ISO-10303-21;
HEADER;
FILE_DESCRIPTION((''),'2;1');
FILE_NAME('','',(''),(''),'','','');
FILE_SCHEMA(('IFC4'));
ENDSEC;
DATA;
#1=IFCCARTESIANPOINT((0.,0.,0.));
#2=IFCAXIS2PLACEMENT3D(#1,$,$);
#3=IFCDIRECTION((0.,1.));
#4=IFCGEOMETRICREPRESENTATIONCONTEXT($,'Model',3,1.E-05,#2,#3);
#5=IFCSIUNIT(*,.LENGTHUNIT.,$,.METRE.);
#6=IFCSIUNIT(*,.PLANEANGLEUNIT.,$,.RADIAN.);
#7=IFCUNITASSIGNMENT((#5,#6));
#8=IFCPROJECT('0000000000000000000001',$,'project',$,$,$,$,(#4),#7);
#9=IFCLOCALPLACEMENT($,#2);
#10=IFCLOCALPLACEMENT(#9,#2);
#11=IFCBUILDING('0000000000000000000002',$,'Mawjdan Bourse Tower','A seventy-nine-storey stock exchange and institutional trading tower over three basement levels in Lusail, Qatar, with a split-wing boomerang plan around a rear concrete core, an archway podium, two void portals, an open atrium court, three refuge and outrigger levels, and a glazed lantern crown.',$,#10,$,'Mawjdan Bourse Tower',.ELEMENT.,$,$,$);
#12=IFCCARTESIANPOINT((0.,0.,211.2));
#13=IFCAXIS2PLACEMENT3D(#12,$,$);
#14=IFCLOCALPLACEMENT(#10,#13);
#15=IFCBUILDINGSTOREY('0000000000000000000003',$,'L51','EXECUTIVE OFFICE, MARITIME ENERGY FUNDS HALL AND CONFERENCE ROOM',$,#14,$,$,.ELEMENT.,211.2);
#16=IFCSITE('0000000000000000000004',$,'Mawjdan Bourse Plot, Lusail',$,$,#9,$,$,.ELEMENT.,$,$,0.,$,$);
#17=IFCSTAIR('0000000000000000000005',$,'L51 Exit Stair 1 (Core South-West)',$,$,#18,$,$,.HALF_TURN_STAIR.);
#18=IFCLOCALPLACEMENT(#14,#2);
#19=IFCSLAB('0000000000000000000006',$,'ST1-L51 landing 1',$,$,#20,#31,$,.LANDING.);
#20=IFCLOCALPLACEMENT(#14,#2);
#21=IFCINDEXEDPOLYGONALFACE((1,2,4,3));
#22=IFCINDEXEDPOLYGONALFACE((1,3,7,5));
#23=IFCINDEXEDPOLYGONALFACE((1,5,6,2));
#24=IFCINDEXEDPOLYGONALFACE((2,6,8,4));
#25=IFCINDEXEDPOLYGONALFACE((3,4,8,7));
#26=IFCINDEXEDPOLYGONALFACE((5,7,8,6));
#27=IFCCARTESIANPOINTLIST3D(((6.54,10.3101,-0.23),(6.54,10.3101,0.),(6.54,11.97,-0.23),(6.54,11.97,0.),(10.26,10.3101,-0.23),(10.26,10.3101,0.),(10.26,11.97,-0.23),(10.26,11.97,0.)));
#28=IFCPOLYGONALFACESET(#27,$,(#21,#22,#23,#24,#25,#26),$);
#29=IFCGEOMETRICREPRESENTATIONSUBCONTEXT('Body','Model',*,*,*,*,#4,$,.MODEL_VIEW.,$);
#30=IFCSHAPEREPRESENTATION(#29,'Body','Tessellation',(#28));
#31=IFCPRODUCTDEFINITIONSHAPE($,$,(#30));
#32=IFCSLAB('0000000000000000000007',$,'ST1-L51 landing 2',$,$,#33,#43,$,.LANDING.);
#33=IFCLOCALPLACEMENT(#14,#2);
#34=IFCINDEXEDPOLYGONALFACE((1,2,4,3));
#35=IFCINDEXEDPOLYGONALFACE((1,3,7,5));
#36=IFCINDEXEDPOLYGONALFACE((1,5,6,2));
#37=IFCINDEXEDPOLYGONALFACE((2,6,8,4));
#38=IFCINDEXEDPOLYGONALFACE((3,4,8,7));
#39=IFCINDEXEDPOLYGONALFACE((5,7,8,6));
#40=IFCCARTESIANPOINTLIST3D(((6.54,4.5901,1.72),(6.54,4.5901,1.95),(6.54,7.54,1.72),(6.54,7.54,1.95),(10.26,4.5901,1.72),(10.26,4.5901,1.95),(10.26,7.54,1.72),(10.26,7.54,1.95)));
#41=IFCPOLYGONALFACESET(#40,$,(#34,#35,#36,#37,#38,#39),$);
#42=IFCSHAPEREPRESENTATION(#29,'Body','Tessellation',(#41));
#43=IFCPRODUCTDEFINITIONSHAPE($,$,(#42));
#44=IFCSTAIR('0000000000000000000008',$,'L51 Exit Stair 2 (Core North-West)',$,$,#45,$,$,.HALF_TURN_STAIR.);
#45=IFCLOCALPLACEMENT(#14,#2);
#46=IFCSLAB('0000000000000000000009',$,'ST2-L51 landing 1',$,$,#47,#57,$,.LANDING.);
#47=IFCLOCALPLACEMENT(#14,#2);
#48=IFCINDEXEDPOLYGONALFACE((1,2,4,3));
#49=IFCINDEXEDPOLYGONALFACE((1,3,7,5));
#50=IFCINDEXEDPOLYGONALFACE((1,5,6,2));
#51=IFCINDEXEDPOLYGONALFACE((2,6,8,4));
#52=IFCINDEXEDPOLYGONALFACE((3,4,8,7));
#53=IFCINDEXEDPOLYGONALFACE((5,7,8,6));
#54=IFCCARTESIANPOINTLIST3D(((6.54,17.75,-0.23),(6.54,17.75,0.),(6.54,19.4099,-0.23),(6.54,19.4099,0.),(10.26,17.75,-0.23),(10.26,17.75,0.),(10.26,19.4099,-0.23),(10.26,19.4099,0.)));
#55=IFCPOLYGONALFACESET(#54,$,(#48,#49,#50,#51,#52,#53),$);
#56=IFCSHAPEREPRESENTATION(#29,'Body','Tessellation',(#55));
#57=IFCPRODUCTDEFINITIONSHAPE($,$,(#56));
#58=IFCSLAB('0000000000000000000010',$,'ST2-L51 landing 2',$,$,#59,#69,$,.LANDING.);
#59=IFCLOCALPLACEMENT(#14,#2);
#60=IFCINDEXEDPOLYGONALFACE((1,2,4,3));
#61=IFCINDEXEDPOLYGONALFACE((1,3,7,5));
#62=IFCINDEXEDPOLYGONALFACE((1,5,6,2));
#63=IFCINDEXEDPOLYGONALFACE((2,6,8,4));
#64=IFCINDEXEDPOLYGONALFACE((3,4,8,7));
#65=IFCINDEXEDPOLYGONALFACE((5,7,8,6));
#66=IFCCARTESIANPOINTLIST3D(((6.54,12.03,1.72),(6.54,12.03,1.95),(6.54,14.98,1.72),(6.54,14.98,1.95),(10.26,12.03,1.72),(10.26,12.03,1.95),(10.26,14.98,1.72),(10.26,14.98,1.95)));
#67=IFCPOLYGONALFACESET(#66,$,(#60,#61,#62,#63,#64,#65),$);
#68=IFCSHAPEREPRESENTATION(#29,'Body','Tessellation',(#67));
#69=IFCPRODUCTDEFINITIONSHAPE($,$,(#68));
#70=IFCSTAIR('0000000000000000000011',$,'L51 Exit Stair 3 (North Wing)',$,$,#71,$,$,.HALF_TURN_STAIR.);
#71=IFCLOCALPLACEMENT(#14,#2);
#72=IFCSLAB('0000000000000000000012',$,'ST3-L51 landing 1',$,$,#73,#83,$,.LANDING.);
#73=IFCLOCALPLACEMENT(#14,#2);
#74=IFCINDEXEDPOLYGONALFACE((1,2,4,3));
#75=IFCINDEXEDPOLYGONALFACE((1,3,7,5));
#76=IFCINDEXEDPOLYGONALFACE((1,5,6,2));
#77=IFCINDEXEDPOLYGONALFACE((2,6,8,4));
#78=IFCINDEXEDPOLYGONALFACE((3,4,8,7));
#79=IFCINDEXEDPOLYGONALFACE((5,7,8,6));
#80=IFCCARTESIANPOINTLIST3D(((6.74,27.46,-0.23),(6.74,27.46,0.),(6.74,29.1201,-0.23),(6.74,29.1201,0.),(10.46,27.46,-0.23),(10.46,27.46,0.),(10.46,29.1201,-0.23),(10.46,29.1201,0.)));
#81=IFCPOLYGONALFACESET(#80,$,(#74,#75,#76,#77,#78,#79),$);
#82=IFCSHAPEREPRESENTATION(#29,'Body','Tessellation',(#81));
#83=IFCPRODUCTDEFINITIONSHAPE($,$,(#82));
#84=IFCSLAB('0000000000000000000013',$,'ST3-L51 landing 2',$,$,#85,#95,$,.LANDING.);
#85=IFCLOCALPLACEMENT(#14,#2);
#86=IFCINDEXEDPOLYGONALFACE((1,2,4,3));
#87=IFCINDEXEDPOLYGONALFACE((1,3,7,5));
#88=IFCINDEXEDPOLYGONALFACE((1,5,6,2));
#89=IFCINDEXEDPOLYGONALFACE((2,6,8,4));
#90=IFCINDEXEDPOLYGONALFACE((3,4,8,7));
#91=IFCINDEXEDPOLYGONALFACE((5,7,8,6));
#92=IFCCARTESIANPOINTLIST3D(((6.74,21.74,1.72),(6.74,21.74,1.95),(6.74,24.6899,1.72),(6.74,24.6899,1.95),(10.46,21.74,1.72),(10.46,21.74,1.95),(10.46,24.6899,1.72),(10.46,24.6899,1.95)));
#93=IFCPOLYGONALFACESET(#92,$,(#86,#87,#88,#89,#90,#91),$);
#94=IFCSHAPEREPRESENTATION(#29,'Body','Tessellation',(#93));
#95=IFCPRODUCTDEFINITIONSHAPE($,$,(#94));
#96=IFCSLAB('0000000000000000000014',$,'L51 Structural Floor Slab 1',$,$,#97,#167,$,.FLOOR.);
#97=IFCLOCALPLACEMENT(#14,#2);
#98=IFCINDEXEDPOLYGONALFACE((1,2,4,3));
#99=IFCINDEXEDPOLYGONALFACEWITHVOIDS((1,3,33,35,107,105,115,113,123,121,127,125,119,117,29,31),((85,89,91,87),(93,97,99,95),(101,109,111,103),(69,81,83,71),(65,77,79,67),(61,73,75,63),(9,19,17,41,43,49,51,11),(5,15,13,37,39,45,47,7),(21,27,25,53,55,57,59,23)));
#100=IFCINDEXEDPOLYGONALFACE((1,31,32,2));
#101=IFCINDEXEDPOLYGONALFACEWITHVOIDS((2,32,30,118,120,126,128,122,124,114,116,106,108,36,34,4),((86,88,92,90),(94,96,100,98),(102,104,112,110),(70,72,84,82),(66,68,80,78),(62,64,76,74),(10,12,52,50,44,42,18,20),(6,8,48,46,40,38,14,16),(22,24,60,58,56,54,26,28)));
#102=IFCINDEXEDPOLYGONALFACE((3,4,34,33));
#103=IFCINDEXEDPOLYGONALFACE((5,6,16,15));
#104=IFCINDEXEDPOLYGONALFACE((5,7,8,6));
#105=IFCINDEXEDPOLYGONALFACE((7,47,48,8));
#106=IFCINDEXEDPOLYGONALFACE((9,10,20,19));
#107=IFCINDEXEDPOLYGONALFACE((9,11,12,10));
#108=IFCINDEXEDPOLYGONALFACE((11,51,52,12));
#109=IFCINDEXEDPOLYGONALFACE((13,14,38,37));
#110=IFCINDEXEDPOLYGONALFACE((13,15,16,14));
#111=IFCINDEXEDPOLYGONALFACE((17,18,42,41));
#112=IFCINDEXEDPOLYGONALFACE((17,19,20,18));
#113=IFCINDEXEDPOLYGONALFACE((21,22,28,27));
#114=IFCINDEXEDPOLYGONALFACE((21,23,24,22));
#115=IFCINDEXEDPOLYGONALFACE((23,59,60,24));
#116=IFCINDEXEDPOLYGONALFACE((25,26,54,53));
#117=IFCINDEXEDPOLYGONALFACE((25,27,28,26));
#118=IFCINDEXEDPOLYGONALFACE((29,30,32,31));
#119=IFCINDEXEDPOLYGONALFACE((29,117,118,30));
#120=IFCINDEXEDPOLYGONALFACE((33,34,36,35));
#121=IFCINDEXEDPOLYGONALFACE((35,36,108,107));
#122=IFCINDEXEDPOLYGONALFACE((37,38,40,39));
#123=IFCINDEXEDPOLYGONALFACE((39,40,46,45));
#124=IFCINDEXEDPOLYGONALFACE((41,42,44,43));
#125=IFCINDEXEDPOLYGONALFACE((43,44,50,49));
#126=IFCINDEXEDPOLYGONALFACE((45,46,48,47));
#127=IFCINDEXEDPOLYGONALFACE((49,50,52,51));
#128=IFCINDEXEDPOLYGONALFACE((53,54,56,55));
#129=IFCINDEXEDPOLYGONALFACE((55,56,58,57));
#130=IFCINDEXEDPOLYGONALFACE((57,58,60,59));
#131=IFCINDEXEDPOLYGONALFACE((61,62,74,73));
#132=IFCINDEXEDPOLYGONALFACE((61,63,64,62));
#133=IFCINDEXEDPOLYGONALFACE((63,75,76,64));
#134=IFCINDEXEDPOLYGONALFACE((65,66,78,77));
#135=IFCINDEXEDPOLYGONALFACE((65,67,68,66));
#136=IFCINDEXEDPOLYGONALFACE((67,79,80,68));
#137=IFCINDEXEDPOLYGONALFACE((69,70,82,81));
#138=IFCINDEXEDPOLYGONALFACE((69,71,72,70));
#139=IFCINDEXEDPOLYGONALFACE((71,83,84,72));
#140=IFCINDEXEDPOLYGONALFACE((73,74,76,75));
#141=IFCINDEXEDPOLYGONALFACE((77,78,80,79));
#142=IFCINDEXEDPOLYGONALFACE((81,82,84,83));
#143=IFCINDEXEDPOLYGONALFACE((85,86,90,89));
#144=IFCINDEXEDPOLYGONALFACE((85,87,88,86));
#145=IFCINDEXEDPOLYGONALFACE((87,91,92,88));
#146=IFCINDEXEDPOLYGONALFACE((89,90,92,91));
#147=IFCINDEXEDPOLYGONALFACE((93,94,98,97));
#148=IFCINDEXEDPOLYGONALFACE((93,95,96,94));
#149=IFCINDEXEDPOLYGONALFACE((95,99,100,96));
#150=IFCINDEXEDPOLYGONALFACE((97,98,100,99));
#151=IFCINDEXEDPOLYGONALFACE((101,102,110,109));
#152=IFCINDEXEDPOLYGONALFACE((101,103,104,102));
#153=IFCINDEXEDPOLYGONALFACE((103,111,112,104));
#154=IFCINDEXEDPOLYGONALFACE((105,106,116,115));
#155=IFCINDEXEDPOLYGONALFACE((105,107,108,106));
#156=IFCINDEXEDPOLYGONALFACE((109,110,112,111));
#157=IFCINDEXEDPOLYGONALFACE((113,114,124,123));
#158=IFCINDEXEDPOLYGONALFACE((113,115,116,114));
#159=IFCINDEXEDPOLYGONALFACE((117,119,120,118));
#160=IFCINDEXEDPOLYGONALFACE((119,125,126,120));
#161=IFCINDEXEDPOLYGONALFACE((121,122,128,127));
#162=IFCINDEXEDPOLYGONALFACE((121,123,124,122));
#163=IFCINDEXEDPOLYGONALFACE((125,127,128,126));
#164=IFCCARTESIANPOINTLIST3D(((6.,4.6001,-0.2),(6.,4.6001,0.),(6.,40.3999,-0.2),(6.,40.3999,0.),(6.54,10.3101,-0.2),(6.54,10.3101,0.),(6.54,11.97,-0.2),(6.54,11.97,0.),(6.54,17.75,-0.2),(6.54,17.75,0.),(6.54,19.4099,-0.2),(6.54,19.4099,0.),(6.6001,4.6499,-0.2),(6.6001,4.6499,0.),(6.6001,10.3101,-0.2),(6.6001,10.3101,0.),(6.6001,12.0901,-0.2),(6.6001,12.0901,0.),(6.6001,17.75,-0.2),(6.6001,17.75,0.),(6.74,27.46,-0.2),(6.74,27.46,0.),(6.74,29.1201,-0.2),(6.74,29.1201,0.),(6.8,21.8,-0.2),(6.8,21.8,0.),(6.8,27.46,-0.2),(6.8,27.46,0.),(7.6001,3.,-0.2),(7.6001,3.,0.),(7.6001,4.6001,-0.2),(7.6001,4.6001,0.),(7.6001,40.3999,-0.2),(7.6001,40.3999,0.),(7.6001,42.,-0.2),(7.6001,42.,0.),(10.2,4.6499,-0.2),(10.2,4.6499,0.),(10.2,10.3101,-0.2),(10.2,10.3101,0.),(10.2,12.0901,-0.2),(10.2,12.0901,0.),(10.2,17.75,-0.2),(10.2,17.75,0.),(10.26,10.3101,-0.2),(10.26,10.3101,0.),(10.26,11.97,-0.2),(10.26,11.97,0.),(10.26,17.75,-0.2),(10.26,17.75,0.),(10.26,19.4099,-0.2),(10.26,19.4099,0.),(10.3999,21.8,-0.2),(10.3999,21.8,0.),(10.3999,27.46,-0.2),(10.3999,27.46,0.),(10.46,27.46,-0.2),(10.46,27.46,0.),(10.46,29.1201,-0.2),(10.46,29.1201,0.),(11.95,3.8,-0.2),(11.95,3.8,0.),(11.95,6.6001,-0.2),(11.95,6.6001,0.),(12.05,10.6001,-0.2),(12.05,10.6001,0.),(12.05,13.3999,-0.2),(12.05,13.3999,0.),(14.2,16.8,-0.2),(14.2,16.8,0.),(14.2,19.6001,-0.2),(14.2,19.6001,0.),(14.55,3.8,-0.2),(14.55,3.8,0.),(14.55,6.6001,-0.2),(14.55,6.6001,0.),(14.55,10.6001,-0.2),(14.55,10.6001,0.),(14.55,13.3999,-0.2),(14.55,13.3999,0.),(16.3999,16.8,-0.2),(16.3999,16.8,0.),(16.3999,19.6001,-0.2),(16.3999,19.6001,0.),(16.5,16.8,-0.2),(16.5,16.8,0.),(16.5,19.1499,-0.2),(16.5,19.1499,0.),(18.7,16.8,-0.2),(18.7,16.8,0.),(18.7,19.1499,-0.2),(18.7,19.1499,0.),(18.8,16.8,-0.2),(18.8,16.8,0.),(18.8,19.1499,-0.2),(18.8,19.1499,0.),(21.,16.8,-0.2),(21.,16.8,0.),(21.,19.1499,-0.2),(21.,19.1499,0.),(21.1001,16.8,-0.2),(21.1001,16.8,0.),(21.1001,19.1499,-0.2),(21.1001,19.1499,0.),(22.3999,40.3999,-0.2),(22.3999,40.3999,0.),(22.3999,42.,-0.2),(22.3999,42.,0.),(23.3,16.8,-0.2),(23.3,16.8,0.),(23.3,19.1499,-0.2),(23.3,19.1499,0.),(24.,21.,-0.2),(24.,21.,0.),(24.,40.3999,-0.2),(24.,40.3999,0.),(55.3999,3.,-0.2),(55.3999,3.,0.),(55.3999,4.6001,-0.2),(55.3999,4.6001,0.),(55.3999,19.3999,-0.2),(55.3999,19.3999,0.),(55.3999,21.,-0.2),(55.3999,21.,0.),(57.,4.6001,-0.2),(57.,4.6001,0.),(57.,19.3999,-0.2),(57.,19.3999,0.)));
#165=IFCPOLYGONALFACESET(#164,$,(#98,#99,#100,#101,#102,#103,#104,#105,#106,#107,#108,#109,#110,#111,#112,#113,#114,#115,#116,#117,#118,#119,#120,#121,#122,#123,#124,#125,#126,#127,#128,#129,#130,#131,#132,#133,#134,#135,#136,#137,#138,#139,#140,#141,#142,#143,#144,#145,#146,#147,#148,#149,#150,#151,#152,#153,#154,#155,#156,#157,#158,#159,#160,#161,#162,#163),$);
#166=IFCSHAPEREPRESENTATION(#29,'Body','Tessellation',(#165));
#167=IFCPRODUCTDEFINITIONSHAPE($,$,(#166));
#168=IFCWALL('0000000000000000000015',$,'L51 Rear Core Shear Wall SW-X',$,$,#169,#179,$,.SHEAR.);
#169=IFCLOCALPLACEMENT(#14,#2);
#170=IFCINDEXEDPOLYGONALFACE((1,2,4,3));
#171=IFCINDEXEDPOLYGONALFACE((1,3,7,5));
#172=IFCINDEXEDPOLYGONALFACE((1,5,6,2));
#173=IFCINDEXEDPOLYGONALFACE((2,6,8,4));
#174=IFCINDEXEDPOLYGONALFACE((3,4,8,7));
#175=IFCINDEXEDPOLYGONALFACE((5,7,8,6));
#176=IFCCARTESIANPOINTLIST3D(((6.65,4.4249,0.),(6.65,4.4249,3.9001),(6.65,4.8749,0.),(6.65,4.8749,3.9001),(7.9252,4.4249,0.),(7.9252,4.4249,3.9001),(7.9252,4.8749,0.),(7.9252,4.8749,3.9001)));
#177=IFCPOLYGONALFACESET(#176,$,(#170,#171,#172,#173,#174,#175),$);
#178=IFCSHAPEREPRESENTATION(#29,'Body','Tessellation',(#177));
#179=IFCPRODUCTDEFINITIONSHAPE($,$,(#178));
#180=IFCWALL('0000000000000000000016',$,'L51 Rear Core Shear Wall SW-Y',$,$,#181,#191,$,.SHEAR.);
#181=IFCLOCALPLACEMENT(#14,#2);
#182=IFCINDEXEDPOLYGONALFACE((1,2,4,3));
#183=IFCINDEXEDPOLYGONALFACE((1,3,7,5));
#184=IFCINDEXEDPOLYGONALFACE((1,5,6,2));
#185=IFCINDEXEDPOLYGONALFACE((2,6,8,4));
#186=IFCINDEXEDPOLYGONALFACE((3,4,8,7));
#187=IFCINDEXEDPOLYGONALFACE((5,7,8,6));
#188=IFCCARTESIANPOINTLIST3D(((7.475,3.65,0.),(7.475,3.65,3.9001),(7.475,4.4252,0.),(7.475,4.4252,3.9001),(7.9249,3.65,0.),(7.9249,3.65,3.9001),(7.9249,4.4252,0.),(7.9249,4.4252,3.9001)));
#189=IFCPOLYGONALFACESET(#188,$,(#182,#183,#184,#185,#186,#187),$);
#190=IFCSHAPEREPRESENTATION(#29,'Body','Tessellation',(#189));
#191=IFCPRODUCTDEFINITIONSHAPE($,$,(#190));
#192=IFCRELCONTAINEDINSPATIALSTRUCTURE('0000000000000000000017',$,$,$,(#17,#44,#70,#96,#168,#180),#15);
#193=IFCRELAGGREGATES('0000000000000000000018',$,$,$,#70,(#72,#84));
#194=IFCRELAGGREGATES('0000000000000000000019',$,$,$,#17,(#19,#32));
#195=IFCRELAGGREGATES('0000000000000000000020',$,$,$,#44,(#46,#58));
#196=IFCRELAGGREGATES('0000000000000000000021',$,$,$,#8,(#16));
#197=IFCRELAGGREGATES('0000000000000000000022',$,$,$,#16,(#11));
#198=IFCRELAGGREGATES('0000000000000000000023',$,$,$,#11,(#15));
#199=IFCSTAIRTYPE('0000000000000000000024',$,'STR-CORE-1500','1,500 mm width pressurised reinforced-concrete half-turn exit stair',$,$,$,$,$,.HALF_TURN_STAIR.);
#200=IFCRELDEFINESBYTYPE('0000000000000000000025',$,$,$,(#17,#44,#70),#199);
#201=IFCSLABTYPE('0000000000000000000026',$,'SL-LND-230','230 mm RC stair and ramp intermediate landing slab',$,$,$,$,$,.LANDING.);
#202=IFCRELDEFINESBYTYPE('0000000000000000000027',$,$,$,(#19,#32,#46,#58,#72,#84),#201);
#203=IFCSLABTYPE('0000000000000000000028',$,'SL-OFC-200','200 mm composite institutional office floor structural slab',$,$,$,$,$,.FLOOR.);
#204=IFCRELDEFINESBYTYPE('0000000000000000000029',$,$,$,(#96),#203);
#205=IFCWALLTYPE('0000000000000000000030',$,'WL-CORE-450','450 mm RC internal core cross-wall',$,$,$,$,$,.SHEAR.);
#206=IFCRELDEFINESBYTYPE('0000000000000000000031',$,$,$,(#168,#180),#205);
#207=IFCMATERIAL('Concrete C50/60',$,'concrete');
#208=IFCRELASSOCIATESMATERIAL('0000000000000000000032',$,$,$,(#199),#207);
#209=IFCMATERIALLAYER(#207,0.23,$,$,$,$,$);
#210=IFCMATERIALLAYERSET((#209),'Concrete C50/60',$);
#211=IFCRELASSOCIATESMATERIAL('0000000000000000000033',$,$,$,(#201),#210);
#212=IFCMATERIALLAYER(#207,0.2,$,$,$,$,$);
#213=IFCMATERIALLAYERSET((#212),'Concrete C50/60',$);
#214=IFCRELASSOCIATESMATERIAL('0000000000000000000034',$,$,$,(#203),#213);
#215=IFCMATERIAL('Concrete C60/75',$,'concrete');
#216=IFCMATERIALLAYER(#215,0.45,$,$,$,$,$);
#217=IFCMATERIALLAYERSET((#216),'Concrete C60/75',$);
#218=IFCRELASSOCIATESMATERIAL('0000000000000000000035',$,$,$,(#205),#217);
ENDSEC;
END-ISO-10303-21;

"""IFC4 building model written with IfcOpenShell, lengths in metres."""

from ifc_helpers import new_model, si_unit, direction, frame, frame_2d, origin, place, context, subcontext, project, spatial, polyline, rectangle, outline, extrude, material, layer, layer_set, type_object, element, aggregate, save


model = new_model("IFC4")

# Units and contexts
model_context = context("Model", 3, precision=1e-05, world=origin(), true_north=direction((0.0, 1.0)))
body_context = subcontext(model_context, "Body", "Model", "MODEL_VIEW")
ifc_project = project(units=[si_unit("LENGTHUNIT", "METRE"), si_unit("PLANEANGLEUNIT", "RADIAN")], contexts=[model_context])

# Site, building, storey
site_placement = place(None, origin())
site = spatial("IfcSite", under=ifc_project, at=site_placement, Name="Mawjdan Bourse Plot, Lusail", CompositionType="ELEMENT", RefElevation=0.0)
building_placement = place(site_placement, origin())
building = spatial("IfcBuilding", under=site, at=building_placement, Name="Mawjdan Bourse Tower", Description="A seventy-nine-storey stock exchange and institutional trading tower over three basement levels in Lusail, Qatar, with a split-wing boomerang plan around a rear concrete core, an archway podium, two void portals, an open atrium court, three refuge and outrigger levels, and a glazed lantern crown.", LongName="Mawjdan Bourse Tower", CompositionType="ELEMENT")
storey_placement = place(building_placement, frame((0.0, 0.0, 211.2)))
storey = spatial("IfcBuildingStorey", under=building, at=storey_placement, Name="L51", Description="EXECUTIVE OFFICE, MARITIME ENERGY FUNDS HALL AND CONFERENCE ROOM", CompositionType="ELEMENT", Elevation=211.2)

# Stairs, slabs
ifc_material_1 = material(Name="Concrete C50/60", Category="concrete")
stair_type = type_object("IfcStairType", Name="STR-CORE-1500", Description="1,500 mm width pressurised reinforced-concrete half-turn exit stair", PredefinedType="HALF_TURN_STAIR", material=ifc_material_1)
stair_1_placement = place(storey_placement, origin())
stair_1 = element("IfcStair", 1, at=stair_1_placement, inside=storey, type_object=stair_type, Name="L51 Exit Stair 1 (Core South-West)", PredefinedType="HALF_TURN_STAIR")
ifc_layer_1 = layer(ifc_material_1, 0.23)
ifc_layer_set_1 = layer_set([ifc_layer_1], Name="Concrete C50/60")
slab_type_1 = type_object("IfcSlabType", Name="SL-LND-230", Description="230 mm RC stair and ramp intermediate landing slab", PredefinedType="LANDING", material=ifc_layer_set_1)
slab_1_placement = place(storey_placement, frame((0.0, 0.0, -0.23)))
slab_1 = element("IfcSlab", 2, at=slab_1_placement, type_object=slab_type_1, Name="ST1-L51 landing 1", PredefinedType="LANDING", context=body_context, shape_type="SweptSolid", body=[
    extrude(outline(polyline([(6.54, 10.3101), (10.26, 10.3101), (10.26, 11.97), (6.54, 11.97), (6.54, 10.3101)])), origin(), (0.0, 0.0, 1.0), 0.23),
])
slab_2_placement = place(storey_placement, frame((0.0, 0.0, 1.72)))
slab_2 = element("IfcSlab", 3, at=slab_2_placement, type_object=slab_type_1, Name="ST1-L51 landing 2", PredefinedType="LANDING", context=body_context, shape_type="SweptSolid", body=[
    extrude(outline(polyline([(6.54, 4.5901), (10.26, 4.5901), (10.26, 7.54), (6.54, 7.54), (6.54, 4.5901)])), origin(), (0.0, 0.0, 1.0), 0.23),
])
stair_2_placement = place(storey_placement, origin())
stair_2 = element("IfcStair", 4, at=stair_2_placement, inside=storey, type_object=stair_type, Name="L51 Exit Stair 2 (Core North-West)", PredefinedType="HALF_TURN_STAIR")
slab_3_placement = place(storey_placement, frame((0.0, 0.0, -0.23)))
slab_3 = element("IfcSlab", 5, at=slab_3_placement, type_object=slab_type_1, Name="ST2-L51 landing 1", PredefinedType="LANDING", context=body_context, shape_type="SweptSolid", body=[
    extrude(outline(polyline([(6.54, 17.75), (10.26, 17.75), (10.26, 19.4099), (6.54, 19.4099), (6.54, 17.75)])), origin(), (0.0, 0.0, 1.0), 0.23),
])
slab_4_placement = place(storey_placement, frame((0.0, 0.0, 1.72)))
slab_4 = element("IfcSlab", 6, at=slab_4_placement, type_object=slab_type_1, Name="ST2-L51 landing 2", PredefinedType="LANDING", context=body_context, shape_type="SweptSolid", body=[
    extrude(outline(polyline([(6.54, 12.03), (10.26, 12.03), (10.26, 14.98), (6.54, 14.98), (6.54, 12.03)])), origin(), (0.0, 0.0, 1.0), 0.23),
])
stair_3_placement = place(storey_placement, origin())
stair_3 = element("IfcStair", 7, at=stair_3_placement, inside=storey, type_object=stair_type, Name="L51 Exit Stair 3 (North Wing)", PredefinedType="HALF_TURN_STAIR")
slab_5_placement = place(storey_placement, frame((0.0, 0.0, -0.23)))
slab_5 = element("IfcSlab", 8, at=slab_5_placement, type_object=slab_type_1, Name="ST3-L51 landing 1", PredefinedType="LANDING", context=body_context, shape_type="SweptSolid", body=[
    extrude(outline(polyline([(6.74, 27.46), (10.46, 27.46), (10.46, 29.1201), (6.74, 29.1201), (6.74, 27.46)])), origin(), (0.0, 0.0, 1.0), 0.23),
])
slab_6_placement = place(storey_placement, frame((0.0, 0.0, 1.72)))
slab_6 = element("IfcSlab", 9, at=slab_6_placement, type_object=slab_type_1, Name="ST3-L51 landing 2", PredefinedType="LANDING", context=body_context, shape_type="SweptSolid", body=[
    extrude(outline(polyline([(6.74, 21.74), (10.46, 21.74), (10.46, 24.6899), (6.74, 24.6899), (6.74, 21.74)])), origin(), (0.0, 0.0, 1.0), 0.23),
])
aggregate(stair_3, [slab_5, slab_6])

# Slab
ifc_layer_2 = layer(ifc_material_1, 0.2)
ifc_layer_set_2 = layer_set([ifc_layer_2], Name="Concrete C50/60")
slab_type_2 = type_object("IfcSlabType", Name="SL-OFC-200", Description="200 mm composite institutional office floor structural slab", PredefinedType="FLOOR", material=ifc_layer_set_2)
slab_7_placement = place(storey_placement, frame((0.0, 0.0, -0.2)))
element("IfcSlab", 10, at=slab_7_placement, inside=storey, type_object=slab_type_2, Name="L51 Structural Floor Slab 1", PredefinedType="FLOOR", context=body_context, shape_type="SweptSolid", body=[
    extrude(outline(polyline([(7.6001, 3.0), (55.3999, 3.0), (55.3999, 4.6001), (57.0, 4.6001), (57.0, 19.3999), (55.3999, 19.3999), (55.3999, 21.0), (24.0, 21.0), (24.0, 40.3999), (22.3999, 40.3999), (22.3999, 42.0), (7.6001, 42.0), (7.6001, 40.3999), (6.0, 40.3999), (6.0, 4.6001), (7.6001, 4.6001), (7.6001, 3.0)]), holes=[polyline([(6.54, 11.97), (10.26, 11.97), (10.26, 10.3101), (10.2, 10.3101), (10.2, 4.6499), (6.6001, 4.6499), (6.6001, 10.3101), (6.54, 10.3101), (6.54, 11.97)]), polyline([(6.6001, 12.0901), (6.6001, 17.75), (6.54, 17.75), (6.54, 19.4099), (10.26, 19.4099), (10.26, 17.75), (10.2, 17.75), (10.2, 12.0901), (6.6001, 12.0901)]), polyline([(10.46, 29.1201), (10.46, 27.46), (10.3999, 27.46), (10.3999, 21.8), (6.8, 21.8), (6.8, 27.46), (6.74, 27.46), (6.74, 29.1201), (10.46, 29.1201)]), polyline([(14.55, 3.8), (11.95, 3.8), (11.95, 6.6001), (14.55, 6.6001), (14.55, 3.8)]), polyline([(12.05, 10.6001), (12.05, 13.3999), (14.55, 13.3999), (14.55, 10.6001), (12.05, 10.6001)]), polyline([(16.5, 16.8), (16.5, 19.1499), (18.7, 19.1499), (18.7, 16.8), (16.5, 16.8)]), polyline([(21.0, 16.8), (18.8, 16.8), (18.8, 19.1499), (21.0, 19.1499), (21.0, 16.8)]), polyline([(21.1001, 16.8), (21.1001, 19.1499), (23.3, 19.1499), (23.3, 16.8), (21.1001, 16.8)]), polyline([(14.2, 16.8), (14.2, 19.6001), (16.3999, 19.6001), (16.3999, 16.8), (14.2, 16.8)])]), origin(), (0.0, 0.0, 1.0), 0.2),
])

# Walls
ifc_material_2 = material(Name="Concrete C60/75", Category="concrete")
ifc_layer_3 = layer(ifc_material_2, 0.45)
ifc_layer_set_3 = layer_set([ifc_layer_3], Name="Concrete C60/75")
wall_type_1 = type_object("IfcWallType", Name="WL-CORE-450", Description="450 mm RC internal core cross-wall", PredefinedType="SHEAR", material=ifc_layer_set_3)
wall_1_placement = place(storey_placement, frame((6.6499, 4.6499, 0.0), z_axis=(0.0, 0.0, 1.0), x_axis=(1.0, 0.0, 0.0)))
element("IfcWall", 11, at=wall_1_placement, inside=storey, type_object=wall_type_1, Name="L51 Rear Core Shear Wall SW-X", PredefinedType="SHEAR", context=body_context, shape_type="SweptSolid", body=[
    extrude(rectangle(XDim=1.2751, YDim=0.45, at=frame_2d((0.6377, 0.0))), origin(), (0.0, 0.0, 1.0), 3.9001),
])
wall_2_placement = place(storey_placement, frame((7.7, 3.6499, 0.0), z_axis=(0.0, 0.0, 1.0), x_axis=(0.0, 1.0, 0.0)))
element("IfcWall", 12, at=wall_2_placement, inside=storey, type_object=wall_type_1, Name="L51 Rear Core Shear Wall SW-Y", PredefinedType="SHEAR", context=body_context, shape_type="SweptSolid", body=[
    extrude(rectangle(XDim=0.7751, YDim=0.45, at=frame_2d((0.3877, 0.0))), origin(), (0.0, 0.0, 1.0), 3.9001),
])

aggregate(stair_1, [slab_1, slab_2])
aggregate(stair_2, [slab_3, slab_4])

save(model, "model.ifc")
